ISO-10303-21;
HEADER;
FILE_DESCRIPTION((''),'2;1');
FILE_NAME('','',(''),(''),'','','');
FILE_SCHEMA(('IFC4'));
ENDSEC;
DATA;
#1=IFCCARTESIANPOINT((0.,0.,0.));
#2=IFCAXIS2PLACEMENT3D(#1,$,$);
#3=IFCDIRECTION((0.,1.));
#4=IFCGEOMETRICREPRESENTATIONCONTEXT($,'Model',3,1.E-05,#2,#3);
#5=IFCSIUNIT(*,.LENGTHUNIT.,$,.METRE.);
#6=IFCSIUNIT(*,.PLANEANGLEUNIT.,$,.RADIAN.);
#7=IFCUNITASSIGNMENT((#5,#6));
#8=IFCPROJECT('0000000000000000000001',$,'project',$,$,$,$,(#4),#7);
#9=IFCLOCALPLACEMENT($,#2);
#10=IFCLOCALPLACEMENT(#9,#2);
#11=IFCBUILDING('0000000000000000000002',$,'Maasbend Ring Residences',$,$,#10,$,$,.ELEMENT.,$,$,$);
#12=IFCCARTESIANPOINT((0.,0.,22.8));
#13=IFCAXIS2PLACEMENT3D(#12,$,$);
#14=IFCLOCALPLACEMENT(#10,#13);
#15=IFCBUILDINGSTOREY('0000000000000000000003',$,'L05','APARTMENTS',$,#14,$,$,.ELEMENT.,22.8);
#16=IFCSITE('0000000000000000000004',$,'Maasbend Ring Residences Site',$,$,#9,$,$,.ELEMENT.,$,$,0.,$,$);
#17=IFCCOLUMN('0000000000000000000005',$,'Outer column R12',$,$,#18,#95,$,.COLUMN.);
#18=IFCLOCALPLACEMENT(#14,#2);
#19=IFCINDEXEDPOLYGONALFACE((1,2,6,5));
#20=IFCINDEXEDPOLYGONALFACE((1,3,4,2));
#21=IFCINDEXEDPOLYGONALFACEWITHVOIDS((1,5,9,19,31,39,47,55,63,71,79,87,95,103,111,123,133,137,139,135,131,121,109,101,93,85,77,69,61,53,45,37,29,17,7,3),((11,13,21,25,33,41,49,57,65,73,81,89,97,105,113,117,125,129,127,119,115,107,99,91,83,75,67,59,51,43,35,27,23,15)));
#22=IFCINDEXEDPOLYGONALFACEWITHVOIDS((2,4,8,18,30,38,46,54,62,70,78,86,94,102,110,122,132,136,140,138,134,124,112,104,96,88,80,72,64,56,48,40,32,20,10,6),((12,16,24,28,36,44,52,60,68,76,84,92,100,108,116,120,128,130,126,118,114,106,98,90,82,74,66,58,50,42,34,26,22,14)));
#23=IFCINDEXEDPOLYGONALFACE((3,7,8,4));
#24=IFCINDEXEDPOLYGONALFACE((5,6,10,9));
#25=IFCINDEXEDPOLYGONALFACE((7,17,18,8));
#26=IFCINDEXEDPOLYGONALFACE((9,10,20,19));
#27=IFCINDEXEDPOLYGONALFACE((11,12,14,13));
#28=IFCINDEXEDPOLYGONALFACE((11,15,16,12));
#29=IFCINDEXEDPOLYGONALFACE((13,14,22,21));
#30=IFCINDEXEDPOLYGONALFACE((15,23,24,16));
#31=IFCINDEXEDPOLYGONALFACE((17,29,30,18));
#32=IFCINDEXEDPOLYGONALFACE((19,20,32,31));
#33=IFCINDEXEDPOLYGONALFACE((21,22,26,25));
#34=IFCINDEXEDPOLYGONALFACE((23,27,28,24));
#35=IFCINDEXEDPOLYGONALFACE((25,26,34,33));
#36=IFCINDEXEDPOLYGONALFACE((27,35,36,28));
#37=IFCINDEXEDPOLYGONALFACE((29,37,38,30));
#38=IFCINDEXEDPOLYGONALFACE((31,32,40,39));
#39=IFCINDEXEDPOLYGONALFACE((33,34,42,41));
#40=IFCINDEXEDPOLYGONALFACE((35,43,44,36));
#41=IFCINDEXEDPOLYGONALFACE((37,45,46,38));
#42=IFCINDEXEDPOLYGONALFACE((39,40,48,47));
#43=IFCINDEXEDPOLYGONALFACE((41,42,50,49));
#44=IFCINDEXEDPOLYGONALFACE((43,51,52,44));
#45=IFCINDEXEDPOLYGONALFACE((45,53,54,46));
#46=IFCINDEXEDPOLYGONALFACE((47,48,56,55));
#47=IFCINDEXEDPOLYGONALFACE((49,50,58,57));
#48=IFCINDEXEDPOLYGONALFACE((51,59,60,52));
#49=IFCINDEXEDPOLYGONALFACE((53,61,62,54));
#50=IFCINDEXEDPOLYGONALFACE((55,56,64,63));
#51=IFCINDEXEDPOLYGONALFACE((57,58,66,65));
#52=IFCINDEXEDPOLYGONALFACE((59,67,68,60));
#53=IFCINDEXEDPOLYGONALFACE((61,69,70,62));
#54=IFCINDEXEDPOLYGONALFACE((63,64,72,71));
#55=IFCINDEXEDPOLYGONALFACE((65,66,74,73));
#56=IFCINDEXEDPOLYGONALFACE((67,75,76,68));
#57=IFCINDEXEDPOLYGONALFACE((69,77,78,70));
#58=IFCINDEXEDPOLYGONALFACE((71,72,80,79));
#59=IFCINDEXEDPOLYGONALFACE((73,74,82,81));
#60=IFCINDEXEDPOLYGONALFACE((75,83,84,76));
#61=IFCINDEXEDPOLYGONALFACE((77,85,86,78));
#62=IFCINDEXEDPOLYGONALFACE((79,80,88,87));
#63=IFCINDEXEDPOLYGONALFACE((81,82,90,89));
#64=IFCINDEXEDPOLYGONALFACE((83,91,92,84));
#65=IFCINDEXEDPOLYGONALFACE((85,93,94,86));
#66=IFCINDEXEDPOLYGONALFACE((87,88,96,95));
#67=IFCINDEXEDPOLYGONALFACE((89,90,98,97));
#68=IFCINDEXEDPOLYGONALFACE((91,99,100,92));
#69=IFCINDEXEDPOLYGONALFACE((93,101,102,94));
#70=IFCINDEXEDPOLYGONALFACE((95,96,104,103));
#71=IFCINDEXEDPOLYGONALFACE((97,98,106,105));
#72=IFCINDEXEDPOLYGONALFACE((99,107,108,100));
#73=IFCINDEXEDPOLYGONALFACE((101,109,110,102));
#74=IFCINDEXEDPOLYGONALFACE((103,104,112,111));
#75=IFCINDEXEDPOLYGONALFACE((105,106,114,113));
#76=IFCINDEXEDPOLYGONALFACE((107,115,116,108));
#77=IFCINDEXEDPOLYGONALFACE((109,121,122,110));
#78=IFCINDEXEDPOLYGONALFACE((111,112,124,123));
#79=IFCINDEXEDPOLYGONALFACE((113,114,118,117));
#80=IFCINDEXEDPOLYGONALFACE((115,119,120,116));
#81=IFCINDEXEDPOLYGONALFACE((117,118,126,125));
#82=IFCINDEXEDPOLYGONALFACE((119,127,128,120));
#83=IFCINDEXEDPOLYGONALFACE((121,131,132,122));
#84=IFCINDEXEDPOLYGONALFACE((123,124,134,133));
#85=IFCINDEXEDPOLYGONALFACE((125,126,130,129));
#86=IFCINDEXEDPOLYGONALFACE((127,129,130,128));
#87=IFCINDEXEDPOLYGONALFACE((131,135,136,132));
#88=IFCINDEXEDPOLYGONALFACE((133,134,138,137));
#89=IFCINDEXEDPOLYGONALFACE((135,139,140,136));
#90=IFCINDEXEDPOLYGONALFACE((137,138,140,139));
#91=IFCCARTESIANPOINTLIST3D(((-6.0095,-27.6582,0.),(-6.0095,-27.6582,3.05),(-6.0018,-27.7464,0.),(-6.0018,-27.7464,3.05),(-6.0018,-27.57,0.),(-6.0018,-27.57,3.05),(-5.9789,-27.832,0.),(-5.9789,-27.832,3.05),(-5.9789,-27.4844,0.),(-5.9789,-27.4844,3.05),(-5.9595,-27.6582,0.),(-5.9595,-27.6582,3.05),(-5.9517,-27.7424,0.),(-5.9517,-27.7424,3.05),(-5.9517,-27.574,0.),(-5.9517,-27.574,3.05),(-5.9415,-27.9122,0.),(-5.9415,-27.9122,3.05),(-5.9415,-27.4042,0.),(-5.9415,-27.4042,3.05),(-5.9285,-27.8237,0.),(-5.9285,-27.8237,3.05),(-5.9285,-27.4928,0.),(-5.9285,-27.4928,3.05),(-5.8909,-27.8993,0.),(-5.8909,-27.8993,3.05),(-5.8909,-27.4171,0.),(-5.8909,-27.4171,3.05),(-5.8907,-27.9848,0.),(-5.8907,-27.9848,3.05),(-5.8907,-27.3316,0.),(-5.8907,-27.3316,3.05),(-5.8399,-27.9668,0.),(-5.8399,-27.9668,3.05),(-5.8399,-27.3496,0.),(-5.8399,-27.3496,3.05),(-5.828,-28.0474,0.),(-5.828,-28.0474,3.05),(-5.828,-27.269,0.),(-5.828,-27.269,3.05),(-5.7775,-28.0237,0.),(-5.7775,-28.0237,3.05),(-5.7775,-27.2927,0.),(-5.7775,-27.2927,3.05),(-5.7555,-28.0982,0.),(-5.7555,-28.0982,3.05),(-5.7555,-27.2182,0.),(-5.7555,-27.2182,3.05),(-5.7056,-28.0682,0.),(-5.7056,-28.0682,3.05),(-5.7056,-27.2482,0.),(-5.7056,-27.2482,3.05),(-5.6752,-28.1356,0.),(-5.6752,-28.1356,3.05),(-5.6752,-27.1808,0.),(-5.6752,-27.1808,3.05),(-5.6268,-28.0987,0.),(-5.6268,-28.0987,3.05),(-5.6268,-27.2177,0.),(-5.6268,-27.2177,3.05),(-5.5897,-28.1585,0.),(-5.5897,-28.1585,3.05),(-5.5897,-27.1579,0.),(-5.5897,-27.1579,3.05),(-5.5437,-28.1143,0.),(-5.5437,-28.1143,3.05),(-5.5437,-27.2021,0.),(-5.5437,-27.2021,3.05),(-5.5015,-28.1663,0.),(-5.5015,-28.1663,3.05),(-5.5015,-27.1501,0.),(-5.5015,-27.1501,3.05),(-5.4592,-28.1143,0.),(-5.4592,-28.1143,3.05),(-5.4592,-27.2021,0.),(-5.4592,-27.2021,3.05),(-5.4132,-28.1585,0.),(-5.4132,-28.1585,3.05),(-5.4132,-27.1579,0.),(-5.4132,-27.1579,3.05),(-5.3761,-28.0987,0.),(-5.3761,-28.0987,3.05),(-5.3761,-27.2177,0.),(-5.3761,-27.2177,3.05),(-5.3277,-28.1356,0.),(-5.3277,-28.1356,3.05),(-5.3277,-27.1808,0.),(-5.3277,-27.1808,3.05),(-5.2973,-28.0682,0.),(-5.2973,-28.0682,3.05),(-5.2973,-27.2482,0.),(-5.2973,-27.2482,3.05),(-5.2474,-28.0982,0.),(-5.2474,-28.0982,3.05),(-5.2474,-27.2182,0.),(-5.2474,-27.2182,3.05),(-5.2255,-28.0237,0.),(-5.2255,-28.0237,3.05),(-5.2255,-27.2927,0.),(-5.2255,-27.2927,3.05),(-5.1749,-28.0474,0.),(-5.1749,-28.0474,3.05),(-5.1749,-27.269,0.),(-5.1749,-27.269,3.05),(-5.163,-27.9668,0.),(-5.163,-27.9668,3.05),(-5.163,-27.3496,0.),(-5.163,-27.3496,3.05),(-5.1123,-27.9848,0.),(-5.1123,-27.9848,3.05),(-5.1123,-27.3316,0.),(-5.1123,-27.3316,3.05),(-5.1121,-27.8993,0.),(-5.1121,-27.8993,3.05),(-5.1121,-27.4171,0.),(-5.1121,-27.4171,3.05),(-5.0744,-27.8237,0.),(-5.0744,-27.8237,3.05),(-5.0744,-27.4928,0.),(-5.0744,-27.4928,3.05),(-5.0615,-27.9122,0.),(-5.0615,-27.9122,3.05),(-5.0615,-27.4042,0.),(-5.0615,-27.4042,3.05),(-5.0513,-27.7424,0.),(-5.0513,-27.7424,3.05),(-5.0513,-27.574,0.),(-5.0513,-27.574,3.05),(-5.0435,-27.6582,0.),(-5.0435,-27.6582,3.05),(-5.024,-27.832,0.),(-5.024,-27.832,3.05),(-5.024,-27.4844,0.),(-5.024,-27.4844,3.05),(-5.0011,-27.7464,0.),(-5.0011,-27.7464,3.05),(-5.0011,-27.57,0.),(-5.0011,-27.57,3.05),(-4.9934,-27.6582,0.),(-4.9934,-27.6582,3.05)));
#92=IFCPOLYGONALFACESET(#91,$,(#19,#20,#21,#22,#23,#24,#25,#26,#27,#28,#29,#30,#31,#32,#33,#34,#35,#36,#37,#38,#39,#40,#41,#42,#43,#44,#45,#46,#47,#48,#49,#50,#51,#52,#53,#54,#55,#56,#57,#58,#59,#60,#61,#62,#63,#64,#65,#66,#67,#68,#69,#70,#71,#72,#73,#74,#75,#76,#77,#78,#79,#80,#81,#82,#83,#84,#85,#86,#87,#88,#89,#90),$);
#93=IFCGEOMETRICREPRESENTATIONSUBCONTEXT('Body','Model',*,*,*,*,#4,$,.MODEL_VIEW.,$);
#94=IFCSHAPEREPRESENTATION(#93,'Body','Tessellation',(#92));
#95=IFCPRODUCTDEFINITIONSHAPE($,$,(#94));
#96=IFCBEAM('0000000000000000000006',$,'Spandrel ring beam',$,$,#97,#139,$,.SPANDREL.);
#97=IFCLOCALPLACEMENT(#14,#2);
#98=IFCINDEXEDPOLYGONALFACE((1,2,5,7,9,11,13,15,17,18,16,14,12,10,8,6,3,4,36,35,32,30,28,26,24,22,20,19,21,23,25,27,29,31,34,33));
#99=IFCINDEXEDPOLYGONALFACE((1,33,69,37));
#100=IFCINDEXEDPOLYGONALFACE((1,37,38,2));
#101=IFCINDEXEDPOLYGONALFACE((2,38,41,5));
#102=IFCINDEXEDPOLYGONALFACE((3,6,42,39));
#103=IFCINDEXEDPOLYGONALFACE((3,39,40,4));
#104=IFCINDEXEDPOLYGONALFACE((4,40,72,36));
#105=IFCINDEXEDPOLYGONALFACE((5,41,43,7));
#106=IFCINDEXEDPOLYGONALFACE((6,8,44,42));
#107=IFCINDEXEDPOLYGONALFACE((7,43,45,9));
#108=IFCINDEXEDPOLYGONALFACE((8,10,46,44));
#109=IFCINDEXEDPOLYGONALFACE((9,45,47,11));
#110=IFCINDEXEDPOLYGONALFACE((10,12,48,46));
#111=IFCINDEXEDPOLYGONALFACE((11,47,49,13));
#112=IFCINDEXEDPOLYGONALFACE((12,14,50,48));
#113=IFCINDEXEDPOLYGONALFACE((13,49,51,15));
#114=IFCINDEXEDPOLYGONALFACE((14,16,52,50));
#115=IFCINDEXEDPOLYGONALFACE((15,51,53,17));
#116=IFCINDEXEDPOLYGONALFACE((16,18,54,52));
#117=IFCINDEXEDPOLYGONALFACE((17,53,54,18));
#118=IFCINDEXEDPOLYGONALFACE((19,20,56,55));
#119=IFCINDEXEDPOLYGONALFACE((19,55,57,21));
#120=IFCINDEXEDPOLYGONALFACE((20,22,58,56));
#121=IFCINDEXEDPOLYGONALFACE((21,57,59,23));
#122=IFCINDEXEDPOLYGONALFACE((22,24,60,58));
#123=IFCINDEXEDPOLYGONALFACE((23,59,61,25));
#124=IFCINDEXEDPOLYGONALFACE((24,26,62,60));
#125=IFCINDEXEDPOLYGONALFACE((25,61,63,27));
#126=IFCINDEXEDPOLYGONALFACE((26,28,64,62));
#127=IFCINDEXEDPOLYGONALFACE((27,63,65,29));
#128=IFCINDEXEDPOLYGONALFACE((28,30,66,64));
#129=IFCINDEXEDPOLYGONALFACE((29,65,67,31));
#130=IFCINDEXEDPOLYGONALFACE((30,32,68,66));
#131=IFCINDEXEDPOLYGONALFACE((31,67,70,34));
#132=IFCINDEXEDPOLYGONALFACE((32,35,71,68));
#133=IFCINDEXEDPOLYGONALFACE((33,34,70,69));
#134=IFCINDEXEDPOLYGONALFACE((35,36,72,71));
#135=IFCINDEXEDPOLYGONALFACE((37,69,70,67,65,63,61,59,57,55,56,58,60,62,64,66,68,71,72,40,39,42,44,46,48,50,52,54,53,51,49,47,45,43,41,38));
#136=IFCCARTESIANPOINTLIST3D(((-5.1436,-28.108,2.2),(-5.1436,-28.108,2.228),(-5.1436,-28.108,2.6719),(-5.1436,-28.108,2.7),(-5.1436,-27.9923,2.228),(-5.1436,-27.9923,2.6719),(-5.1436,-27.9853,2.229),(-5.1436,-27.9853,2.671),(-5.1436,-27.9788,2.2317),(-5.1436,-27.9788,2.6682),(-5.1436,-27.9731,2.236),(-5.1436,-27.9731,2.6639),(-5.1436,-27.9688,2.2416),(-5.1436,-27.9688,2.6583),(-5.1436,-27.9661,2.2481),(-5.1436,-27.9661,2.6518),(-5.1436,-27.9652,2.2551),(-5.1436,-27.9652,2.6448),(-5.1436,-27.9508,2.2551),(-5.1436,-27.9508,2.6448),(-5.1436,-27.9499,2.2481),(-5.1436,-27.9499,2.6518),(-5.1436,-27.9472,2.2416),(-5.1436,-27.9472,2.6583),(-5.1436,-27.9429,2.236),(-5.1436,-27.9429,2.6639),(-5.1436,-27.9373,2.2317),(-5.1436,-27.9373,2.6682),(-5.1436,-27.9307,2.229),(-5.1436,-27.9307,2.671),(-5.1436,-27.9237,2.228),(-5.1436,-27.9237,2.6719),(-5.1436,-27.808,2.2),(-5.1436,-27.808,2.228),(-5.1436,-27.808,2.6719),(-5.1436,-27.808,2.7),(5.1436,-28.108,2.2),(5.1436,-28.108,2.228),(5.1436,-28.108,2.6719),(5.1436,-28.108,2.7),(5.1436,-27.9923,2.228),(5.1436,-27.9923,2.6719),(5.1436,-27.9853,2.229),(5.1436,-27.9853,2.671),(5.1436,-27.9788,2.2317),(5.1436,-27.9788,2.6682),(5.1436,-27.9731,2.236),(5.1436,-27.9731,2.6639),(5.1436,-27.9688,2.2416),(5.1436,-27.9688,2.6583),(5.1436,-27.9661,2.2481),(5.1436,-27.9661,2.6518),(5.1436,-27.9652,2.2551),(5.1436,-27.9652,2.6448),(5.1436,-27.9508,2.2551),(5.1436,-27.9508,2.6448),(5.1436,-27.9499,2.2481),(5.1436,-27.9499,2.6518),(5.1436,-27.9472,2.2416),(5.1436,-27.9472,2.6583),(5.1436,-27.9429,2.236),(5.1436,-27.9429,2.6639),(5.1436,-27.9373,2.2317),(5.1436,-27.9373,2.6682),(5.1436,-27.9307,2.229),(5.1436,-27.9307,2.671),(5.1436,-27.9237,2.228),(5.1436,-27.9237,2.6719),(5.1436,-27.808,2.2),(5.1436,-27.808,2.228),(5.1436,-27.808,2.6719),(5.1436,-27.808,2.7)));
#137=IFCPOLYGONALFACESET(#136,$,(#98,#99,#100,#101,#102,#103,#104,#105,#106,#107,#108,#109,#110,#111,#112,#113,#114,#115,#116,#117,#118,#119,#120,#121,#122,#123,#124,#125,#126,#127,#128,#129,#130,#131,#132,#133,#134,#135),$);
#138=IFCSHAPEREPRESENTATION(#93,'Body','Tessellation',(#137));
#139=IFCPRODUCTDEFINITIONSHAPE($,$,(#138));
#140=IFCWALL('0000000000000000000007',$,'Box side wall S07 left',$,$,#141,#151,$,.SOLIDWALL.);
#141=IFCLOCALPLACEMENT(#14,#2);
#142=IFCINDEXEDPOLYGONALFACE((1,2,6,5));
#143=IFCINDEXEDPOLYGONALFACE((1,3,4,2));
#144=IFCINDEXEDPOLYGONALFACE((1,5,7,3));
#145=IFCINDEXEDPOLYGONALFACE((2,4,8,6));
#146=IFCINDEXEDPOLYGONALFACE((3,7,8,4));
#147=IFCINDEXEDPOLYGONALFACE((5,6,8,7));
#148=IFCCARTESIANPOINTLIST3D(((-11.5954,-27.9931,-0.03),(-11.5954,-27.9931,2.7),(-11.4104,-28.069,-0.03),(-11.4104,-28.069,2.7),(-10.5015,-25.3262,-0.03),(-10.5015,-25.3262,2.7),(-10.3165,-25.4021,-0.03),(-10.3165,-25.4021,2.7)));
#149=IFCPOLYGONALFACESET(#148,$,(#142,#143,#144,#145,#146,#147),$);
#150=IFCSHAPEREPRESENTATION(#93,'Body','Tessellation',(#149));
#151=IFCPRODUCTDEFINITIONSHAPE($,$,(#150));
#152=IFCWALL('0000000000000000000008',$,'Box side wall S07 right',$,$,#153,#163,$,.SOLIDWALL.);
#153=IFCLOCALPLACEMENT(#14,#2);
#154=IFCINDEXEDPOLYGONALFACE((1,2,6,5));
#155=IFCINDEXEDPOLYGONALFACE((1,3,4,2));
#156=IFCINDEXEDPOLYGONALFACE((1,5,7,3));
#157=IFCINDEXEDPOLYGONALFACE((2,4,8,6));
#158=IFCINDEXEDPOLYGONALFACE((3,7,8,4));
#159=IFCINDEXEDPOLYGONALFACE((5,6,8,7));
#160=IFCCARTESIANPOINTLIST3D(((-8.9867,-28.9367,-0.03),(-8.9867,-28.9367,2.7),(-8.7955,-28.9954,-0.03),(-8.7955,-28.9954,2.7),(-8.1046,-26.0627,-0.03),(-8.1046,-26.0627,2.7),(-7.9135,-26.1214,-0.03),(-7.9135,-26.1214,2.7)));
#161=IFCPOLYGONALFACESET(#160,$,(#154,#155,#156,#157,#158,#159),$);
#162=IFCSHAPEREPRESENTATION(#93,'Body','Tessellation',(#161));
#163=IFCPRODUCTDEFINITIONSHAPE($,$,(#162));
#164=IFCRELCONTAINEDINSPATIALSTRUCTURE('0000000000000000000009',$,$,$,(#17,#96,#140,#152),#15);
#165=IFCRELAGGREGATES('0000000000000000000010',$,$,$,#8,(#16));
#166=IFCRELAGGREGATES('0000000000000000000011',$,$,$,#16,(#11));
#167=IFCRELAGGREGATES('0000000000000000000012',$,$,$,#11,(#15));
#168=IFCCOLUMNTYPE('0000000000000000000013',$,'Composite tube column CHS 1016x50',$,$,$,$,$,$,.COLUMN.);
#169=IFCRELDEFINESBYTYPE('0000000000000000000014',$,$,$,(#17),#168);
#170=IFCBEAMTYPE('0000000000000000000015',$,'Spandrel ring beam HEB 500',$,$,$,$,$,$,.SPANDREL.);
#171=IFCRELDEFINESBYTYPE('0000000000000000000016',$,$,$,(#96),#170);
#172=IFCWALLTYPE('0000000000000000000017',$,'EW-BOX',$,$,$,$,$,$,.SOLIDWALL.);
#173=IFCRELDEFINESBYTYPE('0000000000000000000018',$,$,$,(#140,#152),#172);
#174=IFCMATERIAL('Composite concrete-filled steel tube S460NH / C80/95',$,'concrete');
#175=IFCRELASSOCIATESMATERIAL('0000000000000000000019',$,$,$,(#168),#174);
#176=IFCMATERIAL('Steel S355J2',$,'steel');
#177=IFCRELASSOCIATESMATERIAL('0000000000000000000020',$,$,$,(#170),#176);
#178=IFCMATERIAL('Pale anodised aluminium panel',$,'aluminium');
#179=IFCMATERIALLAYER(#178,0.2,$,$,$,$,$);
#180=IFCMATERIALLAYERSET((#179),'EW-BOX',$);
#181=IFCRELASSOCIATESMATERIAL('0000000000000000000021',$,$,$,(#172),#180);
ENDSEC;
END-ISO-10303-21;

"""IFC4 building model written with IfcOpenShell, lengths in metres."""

from ifc_helpers import new_model, si_unit, direction, frame, frame_2d, origin, origin_2d, place, context, subcontext, project, spatial, rectangle, hollow_circle, i_section, extrude, material, layer, layer_set, material_profile, profile_set, type_object, element, save


model = new_model("IFC4")

# Units and contexts
model_context = context("Model", 3, precision=1e-05, world=origin(), true_north=direction((0.0, 1.0)))
body_context = subcontext(model_context, "Body", "Model", "MODEL_VIEW")
ifc_project = project(units=[si_unit("LENGTHUNIT", "METRE"), si_unit("PLANEANGLEUNIT", "RADIAN")], contexts=[model_context])

# Site, building, storey
site_placement = place(None, origin())
site = spatial("IfcSite", under=ifc_project, at=site_placement, Name="Maasbend Ring Residences Site", CompositionType="ELEMENT", RefElevation=0.0)
building_placement = place(site_placement, origin())
building = spatial("IfcBuilding", under=site, at=building_placement, Name="Maasbend Ring Residences", CompositionType="ELEMENT")
storey_placement = place(building_placement, frame((0.0, 0.0, 22.8)))
storey = spatial("IfcBuildingStorey", under=building, at=storey_placement, Name="L05", Description="APARTMENTS", CompositionType="ELEMENT", Elevation=22.8)

# Column
ifc_material_1 = material(Name="Composite concrete-filled steel tube S460NH / C80/95", Category="concrete")
ifc_material_profile_1 = material_profile(ifc_material_1, hollow_circle(Radius=0.5081, WallThickness=0.05, at=origin_2d()), Name="Composite tube column CHS 1016x50")
ifc_profile_set_1 = profile_set([ifc_material_profile_1], Name="Composite concrete-filled steel tube S460NH / C80/95")
column_type = type_object("IfcColumnType", Name="Composite tube column CHS 1016x50", PredefinedType="COLUMN", material=ifc_profile_set_1)
column_placement = place(storey_placement, frame((-5.5015, -27.6582, 0.0), z_axis=(0.0, 0.0, 1.0), x_axis=(1.0, 0.0, 0.0)))
element("IfcColumn", 1, at=column_placement, inside=storey, type_object=column_type, Name="Outer column R12", PredefinedType="COLUMN", context=body_context, shape_type="SweptSolid", body=[
    extrude(hollow_circle(Radius=0.5081, WallThickness=0.05, at=origin_2d()), origin(), (0.0, 0.0, 1.0), 3.05),
])

# Beam
ifc_material_2 = material(Name="Steel S355J2", Category="steel")
ifc_material_profile_2 = material_profile(ifc_material_2, i_section(OverallWidth=0.3, OverallDepth=0.5, WebThickness=0.0144, FlangeThickness=0.0281, FilletRadius=0.0271, at=origin_2d()), Name="HEB 500")
ifc_profile_set_2 = profile_set([ifc_material_profile_2], Name="Steel S355J2")
beam_type = type_object("IfcBeamType", Name="Spandrel ring beam HEB 500", PredefinedType="SPANDREL", material=ifc_profile_set_2)
beam_placement = place(storey_placement, frame((-5.1436, -27.958, 2.45), z_axis=(1.0, 0.0, 0.0), x_axis=(0.0, 1.0, 0.0)))
element("IfcBeam", 2, at=beam_placement, inside=storey, type_object=beam_type, Name="Spandrel ring beam", PredefinedType="SPANDREL", context=body_context, shape_type="SweptSolid", body=[
    extrude(i_section(OverallWidth=0.3, OverallDepth=0.5, WebThickness=0.0144, FlangeThickness=0.0281, FilletRadius=0.0271, at=origin_2d()), origin(), (0.0, 0.0, 1.0), 10.2871),
])

# Walls
ifc_material_3 = material(Name="Pale anodised aluminium panel", Category="aluminium")
ifc_layer_1 = layer(ifc_material_3, 0.2)
ifc_layer_set_1 = layer_set([ifc_layer_1], Name="EW-BOX")
wall_type_1 = type_object("IfcWallType", Name="EW-BOX", PredefinedType="SOLIDWALL", material=ifc_layer_set_1)
wall_1_placement = place(storey_placement, frame((-10.4089, -25.364, -0.03), z_axis=(0.0, 0.0, 1.0), x_axis=(-0.37951, -0.925188, 0.0)))
element("IfcWall", 3, at=wall_1_placement, inside=storey, type_object=wall_type_1, Name="Box side wall S07 left", PredefinedType="SOLIDWALL", context=body_context, shape_type="SweptSolid", body=[
    extrude(rectangle(XDim=2.8826, YDim=0.2, at=frame_2d((1.4414, 0.0))), origin(), (0.0, 0.0, 1.0), 2.73),
])
wall_2_placement = place(storey_placement, frame((-8.009, -26.092, -0.03), z_axis=(0.0, 0.0, 1.0), x_axis=(-0.293407, -0.955988, 0.0)))
element("IfcWall", 4, at=wall_2_placement, inside=storey, type_object=wall_type_1, Name="Box side wall S07 right", PredefinedType="SOLIDWALL", context=body_context, shape_type="SweptSolid", body=[
    extrude(rectangle(XDim=3.0063, YDim=0.2, at=frame_2d((1.5032, 0.0))), origin(), (0.0, 0.0, 1.0), 2.73),
])

save(model, "model.ifc")
